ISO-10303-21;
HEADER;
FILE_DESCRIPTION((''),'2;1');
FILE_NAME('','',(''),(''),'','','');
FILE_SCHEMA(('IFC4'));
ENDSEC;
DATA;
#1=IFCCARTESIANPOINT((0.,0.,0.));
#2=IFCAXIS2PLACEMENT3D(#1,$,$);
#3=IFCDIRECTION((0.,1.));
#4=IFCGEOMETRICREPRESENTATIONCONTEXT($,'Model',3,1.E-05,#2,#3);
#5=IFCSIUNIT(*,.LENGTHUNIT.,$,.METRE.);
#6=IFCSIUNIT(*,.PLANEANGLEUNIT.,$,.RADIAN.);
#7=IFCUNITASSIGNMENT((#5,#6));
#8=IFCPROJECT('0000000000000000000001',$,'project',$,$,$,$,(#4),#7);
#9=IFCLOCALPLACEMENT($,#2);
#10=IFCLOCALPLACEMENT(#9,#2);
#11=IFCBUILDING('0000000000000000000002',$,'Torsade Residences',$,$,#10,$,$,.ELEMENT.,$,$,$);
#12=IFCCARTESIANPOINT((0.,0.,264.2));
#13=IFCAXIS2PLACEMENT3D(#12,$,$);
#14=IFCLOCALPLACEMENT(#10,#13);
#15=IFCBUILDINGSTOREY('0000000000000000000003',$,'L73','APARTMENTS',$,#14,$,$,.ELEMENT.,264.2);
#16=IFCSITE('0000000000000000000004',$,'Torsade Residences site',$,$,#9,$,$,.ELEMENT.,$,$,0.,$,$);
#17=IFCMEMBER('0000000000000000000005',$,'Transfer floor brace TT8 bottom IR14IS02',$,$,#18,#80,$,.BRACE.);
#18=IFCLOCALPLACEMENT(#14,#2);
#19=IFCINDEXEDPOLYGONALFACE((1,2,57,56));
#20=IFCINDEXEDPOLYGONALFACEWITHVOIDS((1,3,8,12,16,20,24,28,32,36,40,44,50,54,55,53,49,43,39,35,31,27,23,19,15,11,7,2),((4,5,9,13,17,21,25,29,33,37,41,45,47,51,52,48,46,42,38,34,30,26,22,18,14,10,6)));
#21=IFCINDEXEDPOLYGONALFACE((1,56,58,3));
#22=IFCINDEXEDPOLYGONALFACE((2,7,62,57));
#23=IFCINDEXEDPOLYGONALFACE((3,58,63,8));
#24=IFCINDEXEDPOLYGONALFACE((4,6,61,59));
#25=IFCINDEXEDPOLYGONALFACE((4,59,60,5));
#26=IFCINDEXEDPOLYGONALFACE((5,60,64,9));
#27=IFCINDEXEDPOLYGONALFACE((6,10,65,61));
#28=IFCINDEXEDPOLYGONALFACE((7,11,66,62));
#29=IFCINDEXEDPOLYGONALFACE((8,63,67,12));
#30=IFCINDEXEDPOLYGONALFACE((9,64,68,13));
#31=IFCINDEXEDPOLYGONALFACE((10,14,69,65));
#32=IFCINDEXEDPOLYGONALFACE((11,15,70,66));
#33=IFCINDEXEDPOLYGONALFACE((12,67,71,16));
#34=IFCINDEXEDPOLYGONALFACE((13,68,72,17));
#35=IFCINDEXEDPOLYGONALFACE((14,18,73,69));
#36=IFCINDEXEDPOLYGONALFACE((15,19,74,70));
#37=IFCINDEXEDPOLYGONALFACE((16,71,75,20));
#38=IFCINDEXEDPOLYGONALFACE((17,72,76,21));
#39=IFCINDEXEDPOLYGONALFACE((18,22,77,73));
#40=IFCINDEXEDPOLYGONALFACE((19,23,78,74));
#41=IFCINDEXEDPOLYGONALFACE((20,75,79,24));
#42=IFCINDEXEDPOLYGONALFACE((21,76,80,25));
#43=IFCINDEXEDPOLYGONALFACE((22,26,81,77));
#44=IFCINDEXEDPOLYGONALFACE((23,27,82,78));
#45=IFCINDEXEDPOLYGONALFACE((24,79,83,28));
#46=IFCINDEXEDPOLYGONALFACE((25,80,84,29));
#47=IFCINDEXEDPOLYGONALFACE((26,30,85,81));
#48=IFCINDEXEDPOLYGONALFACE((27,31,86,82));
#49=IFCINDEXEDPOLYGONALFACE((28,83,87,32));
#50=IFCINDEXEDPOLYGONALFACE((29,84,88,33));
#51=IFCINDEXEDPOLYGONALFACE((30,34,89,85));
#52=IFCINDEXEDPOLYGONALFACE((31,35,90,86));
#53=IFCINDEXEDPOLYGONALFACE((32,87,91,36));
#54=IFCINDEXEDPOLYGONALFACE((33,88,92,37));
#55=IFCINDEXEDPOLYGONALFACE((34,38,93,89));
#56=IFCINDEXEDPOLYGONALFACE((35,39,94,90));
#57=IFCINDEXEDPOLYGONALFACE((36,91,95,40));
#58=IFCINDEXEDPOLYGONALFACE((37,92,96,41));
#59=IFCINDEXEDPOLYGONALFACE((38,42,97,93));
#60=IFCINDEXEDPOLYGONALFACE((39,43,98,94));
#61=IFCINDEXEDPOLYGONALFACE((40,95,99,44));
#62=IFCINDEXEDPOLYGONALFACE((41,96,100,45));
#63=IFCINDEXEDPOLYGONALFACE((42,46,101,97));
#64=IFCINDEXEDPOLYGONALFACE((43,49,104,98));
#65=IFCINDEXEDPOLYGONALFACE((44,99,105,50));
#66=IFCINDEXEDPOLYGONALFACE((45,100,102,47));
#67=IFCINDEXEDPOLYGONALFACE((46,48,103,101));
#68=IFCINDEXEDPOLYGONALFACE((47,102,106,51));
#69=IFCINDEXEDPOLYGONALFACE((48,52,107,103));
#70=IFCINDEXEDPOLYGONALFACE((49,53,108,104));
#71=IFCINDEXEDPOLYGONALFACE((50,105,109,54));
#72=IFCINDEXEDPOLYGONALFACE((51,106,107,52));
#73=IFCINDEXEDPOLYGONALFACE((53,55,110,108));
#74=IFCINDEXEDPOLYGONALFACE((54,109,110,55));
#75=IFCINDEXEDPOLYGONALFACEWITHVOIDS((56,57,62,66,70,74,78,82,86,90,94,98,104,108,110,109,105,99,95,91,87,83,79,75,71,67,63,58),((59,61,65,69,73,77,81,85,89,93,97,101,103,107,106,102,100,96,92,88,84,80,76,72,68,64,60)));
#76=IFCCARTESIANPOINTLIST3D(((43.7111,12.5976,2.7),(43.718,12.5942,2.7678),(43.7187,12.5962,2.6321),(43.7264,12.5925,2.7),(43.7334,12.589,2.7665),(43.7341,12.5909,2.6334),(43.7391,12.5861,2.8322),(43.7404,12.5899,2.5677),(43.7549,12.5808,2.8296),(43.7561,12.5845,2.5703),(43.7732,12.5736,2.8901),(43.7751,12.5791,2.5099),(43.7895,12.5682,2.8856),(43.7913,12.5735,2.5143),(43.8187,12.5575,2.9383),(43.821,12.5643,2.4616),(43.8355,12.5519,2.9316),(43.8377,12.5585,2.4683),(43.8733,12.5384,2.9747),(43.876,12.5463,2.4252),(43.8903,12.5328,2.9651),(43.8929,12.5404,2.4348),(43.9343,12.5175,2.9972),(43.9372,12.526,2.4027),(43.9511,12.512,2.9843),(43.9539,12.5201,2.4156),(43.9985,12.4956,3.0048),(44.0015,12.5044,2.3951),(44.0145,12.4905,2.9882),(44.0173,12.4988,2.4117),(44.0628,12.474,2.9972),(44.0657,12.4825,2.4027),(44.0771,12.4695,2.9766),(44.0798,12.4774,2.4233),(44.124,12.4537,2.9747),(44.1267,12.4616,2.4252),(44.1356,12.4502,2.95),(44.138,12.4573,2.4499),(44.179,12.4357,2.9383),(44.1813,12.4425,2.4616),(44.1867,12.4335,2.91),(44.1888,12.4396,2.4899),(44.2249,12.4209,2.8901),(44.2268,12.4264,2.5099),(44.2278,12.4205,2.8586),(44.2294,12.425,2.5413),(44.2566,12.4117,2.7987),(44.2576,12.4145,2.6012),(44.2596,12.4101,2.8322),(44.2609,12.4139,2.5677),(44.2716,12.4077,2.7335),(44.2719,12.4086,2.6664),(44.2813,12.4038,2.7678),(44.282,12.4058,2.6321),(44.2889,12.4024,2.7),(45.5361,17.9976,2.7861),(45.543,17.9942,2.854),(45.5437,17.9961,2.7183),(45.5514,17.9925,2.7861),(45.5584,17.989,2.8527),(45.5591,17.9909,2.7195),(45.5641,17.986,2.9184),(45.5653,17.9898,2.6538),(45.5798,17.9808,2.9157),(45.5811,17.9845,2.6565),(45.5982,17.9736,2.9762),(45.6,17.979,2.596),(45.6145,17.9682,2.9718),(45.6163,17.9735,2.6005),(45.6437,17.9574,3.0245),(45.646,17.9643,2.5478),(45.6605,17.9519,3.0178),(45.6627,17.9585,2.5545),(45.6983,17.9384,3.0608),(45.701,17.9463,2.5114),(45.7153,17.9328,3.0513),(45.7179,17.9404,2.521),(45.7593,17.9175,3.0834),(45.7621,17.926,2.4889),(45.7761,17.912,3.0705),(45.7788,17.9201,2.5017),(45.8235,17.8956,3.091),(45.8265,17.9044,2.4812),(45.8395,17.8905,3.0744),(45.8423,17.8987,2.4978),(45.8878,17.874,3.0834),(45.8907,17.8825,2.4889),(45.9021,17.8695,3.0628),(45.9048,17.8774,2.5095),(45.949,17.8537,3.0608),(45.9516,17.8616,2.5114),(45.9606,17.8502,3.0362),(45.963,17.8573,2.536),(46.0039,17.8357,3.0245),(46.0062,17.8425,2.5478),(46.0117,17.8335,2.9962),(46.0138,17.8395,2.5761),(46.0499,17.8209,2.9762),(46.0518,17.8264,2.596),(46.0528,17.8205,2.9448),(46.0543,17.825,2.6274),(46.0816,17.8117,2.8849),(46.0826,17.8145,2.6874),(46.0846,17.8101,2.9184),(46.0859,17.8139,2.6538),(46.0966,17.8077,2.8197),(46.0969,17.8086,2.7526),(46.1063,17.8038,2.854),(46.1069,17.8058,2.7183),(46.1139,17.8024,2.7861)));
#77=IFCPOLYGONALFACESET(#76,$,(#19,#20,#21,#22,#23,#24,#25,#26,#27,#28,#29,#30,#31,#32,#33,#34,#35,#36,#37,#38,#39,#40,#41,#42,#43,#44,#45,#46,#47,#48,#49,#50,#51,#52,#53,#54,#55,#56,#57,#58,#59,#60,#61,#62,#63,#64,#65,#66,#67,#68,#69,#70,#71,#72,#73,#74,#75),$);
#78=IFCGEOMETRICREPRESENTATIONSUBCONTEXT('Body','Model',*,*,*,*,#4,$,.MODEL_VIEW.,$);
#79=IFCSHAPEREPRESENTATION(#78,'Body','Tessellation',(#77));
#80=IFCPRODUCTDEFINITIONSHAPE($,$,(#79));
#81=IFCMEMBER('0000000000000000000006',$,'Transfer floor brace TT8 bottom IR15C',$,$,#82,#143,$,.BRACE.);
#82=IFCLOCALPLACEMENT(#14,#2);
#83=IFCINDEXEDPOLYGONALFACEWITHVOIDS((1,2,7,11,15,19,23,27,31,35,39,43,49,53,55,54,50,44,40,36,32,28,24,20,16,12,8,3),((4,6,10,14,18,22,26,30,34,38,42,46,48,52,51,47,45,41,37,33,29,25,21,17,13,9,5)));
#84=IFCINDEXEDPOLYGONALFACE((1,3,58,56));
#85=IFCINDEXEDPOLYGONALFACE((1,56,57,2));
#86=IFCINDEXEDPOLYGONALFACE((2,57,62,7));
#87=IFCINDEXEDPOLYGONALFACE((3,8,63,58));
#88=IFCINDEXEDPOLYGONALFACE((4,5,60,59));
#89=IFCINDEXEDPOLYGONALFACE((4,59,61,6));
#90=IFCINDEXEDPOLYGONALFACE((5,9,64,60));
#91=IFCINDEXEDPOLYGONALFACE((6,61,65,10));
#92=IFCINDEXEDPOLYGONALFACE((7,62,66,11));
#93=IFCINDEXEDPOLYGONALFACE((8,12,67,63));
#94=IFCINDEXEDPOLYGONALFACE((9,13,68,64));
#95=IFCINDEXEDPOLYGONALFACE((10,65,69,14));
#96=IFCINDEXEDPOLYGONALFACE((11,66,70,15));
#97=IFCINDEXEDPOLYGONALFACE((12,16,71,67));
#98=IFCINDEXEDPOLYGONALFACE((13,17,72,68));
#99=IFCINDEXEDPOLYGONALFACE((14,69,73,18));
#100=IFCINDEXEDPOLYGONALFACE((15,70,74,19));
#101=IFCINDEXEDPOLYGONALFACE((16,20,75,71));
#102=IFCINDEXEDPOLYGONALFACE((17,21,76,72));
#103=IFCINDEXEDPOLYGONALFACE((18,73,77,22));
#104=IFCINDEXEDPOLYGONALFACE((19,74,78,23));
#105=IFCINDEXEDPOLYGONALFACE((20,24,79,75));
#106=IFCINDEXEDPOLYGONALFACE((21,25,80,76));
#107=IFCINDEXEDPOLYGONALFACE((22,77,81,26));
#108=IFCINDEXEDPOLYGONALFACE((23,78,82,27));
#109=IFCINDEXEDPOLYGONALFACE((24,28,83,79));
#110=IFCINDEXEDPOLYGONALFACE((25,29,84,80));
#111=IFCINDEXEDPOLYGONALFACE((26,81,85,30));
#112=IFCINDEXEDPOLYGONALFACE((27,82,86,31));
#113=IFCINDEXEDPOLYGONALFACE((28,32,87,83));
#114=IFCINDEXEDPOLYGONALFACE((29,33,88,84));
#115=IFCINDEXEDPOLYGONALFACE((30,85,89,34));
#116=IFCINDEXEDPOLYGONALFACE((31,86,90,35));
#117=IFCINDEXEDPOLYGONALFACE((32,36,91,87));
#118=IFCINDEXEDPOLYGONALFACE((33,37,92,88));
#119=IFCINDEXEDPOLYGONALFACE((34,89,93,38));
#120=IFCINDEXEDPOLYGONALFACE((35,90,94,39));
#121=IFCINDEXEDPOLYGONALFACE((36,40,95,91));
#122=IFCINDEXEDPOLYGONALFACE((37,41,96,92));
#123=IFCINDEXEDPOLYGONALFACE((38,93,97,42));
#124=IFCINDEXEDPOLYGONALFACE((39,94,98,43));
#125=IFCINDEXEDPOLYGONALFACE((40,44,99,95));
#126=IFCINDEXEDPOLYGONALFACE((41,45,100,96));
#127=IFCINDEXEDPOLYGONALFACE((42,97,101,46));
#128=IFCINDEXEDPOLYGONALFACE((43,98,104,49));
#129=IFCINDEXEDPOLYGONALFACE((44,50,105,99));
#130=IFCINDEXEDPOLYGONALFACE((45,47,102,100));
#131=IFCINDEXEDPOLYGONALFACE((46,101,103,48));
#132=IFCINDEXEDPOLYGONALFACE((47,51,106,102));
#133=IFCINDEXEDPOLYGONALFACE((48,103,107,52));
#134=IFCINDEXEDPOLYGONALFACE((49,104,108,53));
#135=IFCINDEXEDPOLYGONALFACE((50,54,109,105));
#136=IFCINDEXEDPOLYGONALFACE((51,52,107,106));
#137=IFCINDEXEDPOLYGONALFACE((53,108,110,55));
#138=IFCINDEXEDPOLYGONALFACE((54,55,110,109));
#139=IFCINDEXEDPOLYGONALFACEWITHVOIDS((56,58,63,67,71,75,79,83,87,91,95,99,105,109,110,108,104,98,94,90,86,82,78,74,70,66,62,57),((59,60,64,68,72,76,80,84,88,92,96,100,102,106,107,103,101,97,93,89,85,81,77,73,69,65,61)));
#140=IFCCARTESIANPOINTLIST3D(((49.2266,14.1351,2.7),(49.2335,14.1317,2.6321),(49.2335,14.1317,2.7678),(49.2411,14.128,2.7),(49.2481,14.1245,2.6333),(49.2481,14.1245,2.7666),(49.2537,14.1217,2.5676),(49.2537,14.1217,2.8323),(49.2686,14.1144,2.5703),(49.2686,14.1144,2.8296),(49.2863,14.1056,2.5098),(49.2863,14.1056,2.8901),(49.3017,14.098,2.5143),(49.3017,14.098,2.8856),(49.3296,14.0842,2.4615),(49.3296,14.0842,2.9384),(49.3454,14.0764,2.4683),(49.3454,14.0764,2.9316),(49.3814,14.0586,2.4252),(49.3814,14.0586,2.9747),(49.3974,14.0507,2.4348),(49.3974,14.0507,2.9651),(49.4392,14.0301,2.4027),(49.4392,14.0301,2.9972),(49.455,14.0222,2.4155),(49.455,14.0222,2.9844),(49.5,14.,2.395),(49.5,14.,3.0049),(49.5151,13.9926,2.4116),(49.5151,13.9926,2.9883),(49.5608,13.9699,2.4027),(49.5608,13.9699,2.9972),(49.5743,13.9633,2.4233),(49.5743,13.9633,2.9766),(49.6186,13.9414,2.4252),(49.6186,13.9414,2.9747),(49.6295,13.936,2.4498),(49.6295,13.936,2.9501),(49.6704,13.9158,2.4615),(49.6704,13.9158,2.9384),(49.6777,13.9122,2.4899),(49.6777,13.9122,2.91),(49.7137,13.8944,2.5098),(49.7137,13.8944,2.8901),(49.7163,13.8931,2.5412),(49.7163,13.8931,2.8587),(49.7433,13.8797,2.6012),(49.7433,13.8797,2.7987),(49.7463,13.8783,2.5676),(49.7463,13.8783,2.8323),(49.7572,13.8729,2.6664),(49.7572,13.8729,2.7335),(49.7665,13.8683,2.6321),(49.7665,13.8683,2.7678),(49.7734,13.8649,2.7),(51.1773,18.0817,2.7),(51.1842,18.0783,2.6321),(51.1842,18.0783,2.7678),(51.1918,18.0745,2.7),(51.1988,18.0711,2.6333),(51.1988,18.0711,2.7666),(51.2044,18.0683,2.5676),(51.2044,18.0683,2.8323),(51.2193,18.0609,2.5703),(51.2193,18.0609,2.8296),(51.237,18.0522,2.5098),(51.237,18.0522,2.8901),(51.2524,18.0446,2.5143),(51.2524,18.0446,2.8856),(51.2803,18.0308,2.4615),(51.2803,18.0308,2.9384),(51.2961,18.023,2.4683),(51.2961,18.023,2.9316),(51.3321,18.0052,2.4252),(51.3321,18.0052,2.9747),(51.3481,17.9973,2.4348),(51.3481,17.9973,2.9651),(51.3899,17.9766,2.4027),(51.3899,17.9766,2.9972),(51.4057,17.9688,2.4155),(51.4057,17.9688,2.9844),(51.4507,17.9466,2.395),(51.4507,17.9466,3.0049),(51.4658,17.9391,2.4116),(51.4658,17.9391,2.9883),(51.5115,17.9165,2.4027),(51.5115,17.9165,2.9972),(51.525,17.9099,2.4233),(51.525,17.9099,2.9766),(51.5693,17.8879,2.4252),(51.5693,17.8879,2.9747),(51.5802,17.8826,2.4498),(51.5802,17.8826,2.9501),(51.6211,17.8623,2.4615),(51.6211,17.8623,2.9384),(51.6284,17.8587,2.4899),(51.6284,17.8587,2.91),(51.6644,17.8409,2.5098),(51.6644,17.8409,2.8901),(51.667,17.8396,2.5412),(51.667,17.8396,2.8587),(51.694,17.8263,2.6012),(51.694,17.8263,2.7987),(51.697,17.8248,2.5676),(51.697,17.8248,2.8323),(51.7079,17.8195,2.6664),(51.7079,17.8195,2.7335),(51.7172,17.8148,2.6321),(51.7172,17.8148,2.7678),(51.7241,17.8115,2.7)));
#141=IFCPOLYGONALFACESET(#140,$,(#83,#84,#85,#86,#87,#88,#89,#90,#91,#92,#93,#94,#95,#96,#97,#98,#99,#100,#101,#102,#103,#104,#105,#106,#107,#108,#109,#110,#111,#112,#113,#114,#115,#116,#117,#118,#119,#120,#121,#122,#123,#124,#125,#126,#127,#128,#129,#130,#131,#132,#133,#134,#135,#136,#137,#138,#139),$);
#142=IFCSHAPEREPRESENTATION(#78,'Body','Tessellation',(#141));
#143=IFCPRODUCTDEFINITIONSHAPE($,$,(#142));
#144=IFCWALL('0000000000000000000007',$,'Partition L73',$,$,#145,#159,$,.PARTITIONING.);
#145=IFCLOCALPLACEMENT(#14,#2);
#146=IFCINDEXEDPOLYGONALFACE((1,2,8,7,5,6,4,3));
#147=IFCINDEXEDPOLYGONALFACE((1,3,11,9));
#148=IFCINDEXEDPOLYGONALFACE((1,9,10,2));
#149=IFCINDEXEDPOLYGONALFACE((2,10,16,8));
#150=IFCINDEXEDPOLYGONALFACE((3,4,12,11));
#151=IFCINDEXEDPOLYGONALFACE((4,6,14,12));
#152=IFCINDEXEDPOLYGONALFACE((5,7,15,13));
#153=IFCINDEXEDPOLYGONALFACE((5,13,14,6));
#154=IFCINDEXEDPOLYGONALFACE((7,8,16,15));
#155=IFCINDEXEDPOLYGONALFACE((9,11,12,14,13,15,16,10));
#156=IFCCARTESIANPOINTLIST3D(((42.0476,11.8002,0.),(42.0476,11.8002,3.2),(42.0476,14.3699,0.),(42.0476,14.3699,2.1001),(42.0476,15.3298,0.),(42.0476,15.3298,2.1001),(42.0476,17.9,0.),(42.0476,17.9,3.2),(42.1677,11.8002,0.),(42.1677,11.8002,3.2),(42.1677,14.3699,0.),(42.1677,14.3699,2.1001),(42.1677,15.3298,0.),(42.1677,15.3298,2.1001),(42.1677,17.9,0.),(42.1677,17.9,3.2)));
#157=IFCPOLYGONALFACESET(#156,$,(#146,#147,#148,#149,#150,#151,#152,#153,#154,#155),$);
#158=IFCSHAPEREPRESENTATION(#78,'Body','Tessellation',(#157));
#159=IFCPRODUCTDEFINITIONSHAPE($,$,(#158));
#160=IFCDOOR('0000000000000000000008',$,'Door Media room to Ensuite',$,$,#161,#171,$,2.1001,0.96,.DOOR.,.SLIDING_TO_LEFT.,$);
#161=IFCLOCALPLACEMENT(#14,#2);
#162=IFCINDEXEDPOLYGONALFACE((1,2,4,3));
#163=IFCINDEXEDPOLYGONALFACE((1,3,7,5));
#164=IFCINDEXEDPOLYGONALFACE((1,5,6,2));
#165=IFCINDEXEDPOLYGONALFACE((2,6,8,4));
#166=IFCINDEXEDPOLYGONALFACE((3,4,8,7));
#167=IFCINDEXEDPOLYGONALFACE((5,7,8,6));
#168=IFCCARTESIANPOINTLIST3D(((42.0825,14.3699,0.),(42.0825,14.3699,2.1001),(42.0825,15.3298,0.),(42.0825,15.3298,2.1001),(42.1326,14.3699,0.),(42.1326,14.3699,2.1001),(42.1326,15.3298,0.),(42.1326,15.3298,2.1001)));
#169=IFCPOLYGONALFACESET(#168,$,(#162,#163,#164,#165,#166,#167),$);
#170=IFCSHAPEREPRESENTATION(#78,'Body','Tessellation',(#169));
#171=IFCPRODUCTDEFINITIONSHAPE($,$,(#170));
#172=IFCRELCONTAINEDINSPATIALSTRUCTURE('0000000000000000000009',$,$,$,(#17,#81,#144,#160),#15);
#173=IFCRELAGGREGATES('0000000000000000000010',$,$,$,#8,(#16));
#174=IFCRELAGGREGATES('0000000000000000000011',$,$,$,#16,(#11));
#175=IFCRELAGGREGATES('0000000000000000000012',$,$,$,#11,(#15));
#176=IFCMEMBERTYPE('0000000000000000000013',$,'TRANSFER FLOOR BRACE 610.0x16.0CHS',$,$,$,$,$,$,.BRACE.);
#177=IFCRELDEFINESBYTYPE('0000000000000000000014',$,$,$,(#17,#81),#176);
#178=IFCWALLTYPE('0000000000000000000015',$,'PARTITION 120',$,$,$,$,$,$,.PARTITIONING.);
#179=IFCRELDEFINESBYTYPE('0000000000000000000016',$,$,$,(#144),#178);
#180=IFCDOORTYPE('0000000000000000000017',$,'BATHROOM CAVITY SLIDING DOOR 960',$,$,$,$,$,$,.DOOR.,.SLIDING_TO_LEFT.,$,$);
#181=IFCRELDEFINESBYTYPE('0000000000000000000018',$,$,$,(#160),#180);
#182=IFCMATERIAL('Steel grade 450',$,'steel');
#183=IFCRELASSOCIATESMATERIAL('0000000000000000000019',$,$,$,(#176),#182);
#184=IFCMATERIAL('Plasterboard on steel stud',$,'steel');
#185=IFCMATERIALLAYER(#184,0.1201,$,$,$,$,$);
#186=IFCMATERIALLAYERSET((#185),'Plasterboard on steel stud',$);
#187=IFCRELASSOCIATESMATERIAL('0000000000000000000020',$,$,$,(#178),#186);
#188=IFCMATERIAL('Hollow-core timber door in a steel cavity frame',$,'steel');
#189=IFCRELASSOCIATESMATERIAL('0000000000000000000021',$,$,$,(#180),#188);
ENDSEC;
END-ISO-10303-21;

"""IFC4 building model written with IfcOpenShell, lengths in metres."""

from ifc_helpers import new_model, si_unit, direction, frame, frame_2d, origin, origin_2d, place, context, subcontext, project, spatial, rectangle, hollow_circle, extrude, material, layer, layer_set, material_profile, profile_set, type_object, element, fill, save


model = new_model("IFC4")

# Units and contexts
model_context = context("Model", 3, precision=1e-05, world=origin(), true_north=direction((0.0, 1.0)))
body_context = subcontext(model_context, "Body", "Model", "MODEL_VIEW")
ifc_project = project(units=[si_unit("LENGTHUNIT", "METRE"), si_unit("PLANEANGLEUNIT", "RADIAN")], contexts=[model_context])

# Site, building, storey
site_placement = place(None, origin())
site = spatial("IfcSite", under=ifc_project, at=site_placement, Name="Torsade Residences site", CompositionType="ELEMENT", RefElevation=0.0)
building_placement = place(site_placement, origin())
building = spatial("IfcBuilding", under=site, at=building_placement, Name="Torsade Residences", CompositionType="ELEMENT")
storey_placement = place(building_placement, frame((0.0, 0.0, 264.2)))
storey = spatial("IfcBuildingStorey", under=building, at=storey_placement, Name="L73", Description="APARTMENTS", CompositionType="ELEMENT", Elevation=264.2)

# Members
ifc_material_1 = material(Name="Steel grade 450", Category="steel")
ifc_material_profile_1 = material_profile(ifc_material_1, hollow_circle(Radius=0.3049, WallThickness=0.0161, at=origin_2d()), Name="610.0x16.0CHS")
ifc_profile_set_1 = profile_set([ifc_material_profile_1], Name="Steel grade 450")
member_type = type_object("IfcMemberType", Name="TRANSFER FLOOR BRACE 610.0x16.0CHS", PredefinedType="BRACE", material=ifc_profile_set_1)
member_1_placement = place(storey_placement, frame((44.0, 12.5, 2.7), z_axis=(0.320133, 0.947252, 0.015118), x_axis=(-0.94736, 0.32017, 0.0)))
element("IfcMember", 1, at=member_1_placement, inside=storey, type_object=member_type, Name="Transfer floor brace TT8 bottom IR14IS02", PredefinedType="BRACE", context=body_context, shape_type="SweptSolid", body=[
    extrude(hollow_circle(Radius=0.3049, WallThickness=0.0161, at=origin_2d()), origin(), (0.0, 0.0, 1.0), 5.7007),
])
member_2_placement = place(storey_placement, frame((49.5, 14.0, 2.7), z_axis=(0.443105, 0.89647, 0.0), x_axis=(-0.89647, 0.443105, 0.0)))
element("IfcMember", 2, at=member_2_placement, inside=storey, type_object=member_type, Name="Transfer floor brace TT8 bottom IR15C", PredefinedType="BRACE", context=body_context, shape_type="SweptSolid", body=[
    extrude(hollow_circle(Radius=0.3049, WallThickness=0.0161, at=origin_2d()), origin(), (0.0, 0.0, 1.0), 4.4023),
])

# Wall, opening, door
ifc_material_2 = material(Name="Plasterboard on steel stud", Category="steel")
ifc_layer_1 = layer(ifc_material_2, 0.1201)
ifc_layer_set_1 = layer_set([ifc_layer_1], Name="Plasterboard on steel stud")
wall_type = type_object("IfcWallType", Name="PARTITION 120", PredefinedType="PARTITIONING", material=ifc_layer_set_1)
wall_1_placement = place(storey_placement, frame((42.1077, 17.8999, 0.0), z_axis=(0.0, 0.0, 1.0), x_axis=(0.0, -1.0, 0.0)))
wall_1 = element("IfcWall", 3, at=wall_1_placement, inside=storey, type_object=wall_type, Name="Partition L73", PredefinedType="PARTITIONING", context=body_context, shape_type="SweptSolid", body=[
    extrude(rectangle(XDim=6.0999, YDim=0.1201, at=frame_2d((3.0498, 0.0))), origin(), (0.0, 0.0, 1.0), 3.2),
])
opening_1_placement = place(wall_1_placement, frame((2.5701, 0.0, 0.0)))
opening_1 = element("IfcOpeningElement", 4, at=opening_1_placement, cuts=wall_1, PredefinedType="OPENING", context=body_context, shape_type="SweptSolid", body=[
    extrude(rectangle(XDim=0.96, YDim=2.1001, at=frame_2d((0.48, 1.05))), frame((0.0, 0.0701, 0.0), z_axis=(0.0, -1.0, 0.0), x_axis=(1.0, 0.0, 0.0)), (0.0, 0.0, 1.0), 0.1401),
])
ifc_material_3 = material(Name="Hollow-core timber door in a steel cavity frame", Category="steel")
door_type = type_object("IfcDoorType", Name="BATHROOM CAVITY SLIDING DOOR 960", OperationType="SLIDING_TO_LEFT", PredefinedType="DOOR", material=ifc_material_3)
door_1_placement = place(opening_1_placement, origin())
door_1 = element("IfcDoor", 5, at=door_1_placement, inside=storey, type_object=door_type, Name="Door Media room to Ensuite", OperationType="SLIDING_TO_LEFT", OverallHeight=2.1001, OverallWidth=0.96, PredefinedType="DOOR", context=body_context, shape_type="SweptSolid", body=[
    extrude(rectangle(XDim=0.96, YDim=2.1001, at=frame_2d((0.48, 1.05))), frame((0.0, 0.0249, 0.0), z_axis=(0.0, -1.0, 0.0), x_axis=(1.0, 0.0, 0.0)), (0.0, 0.0, 1.0), 0.05),
])
fill(opening_1, door_1)

save(model, "model.ifc")
